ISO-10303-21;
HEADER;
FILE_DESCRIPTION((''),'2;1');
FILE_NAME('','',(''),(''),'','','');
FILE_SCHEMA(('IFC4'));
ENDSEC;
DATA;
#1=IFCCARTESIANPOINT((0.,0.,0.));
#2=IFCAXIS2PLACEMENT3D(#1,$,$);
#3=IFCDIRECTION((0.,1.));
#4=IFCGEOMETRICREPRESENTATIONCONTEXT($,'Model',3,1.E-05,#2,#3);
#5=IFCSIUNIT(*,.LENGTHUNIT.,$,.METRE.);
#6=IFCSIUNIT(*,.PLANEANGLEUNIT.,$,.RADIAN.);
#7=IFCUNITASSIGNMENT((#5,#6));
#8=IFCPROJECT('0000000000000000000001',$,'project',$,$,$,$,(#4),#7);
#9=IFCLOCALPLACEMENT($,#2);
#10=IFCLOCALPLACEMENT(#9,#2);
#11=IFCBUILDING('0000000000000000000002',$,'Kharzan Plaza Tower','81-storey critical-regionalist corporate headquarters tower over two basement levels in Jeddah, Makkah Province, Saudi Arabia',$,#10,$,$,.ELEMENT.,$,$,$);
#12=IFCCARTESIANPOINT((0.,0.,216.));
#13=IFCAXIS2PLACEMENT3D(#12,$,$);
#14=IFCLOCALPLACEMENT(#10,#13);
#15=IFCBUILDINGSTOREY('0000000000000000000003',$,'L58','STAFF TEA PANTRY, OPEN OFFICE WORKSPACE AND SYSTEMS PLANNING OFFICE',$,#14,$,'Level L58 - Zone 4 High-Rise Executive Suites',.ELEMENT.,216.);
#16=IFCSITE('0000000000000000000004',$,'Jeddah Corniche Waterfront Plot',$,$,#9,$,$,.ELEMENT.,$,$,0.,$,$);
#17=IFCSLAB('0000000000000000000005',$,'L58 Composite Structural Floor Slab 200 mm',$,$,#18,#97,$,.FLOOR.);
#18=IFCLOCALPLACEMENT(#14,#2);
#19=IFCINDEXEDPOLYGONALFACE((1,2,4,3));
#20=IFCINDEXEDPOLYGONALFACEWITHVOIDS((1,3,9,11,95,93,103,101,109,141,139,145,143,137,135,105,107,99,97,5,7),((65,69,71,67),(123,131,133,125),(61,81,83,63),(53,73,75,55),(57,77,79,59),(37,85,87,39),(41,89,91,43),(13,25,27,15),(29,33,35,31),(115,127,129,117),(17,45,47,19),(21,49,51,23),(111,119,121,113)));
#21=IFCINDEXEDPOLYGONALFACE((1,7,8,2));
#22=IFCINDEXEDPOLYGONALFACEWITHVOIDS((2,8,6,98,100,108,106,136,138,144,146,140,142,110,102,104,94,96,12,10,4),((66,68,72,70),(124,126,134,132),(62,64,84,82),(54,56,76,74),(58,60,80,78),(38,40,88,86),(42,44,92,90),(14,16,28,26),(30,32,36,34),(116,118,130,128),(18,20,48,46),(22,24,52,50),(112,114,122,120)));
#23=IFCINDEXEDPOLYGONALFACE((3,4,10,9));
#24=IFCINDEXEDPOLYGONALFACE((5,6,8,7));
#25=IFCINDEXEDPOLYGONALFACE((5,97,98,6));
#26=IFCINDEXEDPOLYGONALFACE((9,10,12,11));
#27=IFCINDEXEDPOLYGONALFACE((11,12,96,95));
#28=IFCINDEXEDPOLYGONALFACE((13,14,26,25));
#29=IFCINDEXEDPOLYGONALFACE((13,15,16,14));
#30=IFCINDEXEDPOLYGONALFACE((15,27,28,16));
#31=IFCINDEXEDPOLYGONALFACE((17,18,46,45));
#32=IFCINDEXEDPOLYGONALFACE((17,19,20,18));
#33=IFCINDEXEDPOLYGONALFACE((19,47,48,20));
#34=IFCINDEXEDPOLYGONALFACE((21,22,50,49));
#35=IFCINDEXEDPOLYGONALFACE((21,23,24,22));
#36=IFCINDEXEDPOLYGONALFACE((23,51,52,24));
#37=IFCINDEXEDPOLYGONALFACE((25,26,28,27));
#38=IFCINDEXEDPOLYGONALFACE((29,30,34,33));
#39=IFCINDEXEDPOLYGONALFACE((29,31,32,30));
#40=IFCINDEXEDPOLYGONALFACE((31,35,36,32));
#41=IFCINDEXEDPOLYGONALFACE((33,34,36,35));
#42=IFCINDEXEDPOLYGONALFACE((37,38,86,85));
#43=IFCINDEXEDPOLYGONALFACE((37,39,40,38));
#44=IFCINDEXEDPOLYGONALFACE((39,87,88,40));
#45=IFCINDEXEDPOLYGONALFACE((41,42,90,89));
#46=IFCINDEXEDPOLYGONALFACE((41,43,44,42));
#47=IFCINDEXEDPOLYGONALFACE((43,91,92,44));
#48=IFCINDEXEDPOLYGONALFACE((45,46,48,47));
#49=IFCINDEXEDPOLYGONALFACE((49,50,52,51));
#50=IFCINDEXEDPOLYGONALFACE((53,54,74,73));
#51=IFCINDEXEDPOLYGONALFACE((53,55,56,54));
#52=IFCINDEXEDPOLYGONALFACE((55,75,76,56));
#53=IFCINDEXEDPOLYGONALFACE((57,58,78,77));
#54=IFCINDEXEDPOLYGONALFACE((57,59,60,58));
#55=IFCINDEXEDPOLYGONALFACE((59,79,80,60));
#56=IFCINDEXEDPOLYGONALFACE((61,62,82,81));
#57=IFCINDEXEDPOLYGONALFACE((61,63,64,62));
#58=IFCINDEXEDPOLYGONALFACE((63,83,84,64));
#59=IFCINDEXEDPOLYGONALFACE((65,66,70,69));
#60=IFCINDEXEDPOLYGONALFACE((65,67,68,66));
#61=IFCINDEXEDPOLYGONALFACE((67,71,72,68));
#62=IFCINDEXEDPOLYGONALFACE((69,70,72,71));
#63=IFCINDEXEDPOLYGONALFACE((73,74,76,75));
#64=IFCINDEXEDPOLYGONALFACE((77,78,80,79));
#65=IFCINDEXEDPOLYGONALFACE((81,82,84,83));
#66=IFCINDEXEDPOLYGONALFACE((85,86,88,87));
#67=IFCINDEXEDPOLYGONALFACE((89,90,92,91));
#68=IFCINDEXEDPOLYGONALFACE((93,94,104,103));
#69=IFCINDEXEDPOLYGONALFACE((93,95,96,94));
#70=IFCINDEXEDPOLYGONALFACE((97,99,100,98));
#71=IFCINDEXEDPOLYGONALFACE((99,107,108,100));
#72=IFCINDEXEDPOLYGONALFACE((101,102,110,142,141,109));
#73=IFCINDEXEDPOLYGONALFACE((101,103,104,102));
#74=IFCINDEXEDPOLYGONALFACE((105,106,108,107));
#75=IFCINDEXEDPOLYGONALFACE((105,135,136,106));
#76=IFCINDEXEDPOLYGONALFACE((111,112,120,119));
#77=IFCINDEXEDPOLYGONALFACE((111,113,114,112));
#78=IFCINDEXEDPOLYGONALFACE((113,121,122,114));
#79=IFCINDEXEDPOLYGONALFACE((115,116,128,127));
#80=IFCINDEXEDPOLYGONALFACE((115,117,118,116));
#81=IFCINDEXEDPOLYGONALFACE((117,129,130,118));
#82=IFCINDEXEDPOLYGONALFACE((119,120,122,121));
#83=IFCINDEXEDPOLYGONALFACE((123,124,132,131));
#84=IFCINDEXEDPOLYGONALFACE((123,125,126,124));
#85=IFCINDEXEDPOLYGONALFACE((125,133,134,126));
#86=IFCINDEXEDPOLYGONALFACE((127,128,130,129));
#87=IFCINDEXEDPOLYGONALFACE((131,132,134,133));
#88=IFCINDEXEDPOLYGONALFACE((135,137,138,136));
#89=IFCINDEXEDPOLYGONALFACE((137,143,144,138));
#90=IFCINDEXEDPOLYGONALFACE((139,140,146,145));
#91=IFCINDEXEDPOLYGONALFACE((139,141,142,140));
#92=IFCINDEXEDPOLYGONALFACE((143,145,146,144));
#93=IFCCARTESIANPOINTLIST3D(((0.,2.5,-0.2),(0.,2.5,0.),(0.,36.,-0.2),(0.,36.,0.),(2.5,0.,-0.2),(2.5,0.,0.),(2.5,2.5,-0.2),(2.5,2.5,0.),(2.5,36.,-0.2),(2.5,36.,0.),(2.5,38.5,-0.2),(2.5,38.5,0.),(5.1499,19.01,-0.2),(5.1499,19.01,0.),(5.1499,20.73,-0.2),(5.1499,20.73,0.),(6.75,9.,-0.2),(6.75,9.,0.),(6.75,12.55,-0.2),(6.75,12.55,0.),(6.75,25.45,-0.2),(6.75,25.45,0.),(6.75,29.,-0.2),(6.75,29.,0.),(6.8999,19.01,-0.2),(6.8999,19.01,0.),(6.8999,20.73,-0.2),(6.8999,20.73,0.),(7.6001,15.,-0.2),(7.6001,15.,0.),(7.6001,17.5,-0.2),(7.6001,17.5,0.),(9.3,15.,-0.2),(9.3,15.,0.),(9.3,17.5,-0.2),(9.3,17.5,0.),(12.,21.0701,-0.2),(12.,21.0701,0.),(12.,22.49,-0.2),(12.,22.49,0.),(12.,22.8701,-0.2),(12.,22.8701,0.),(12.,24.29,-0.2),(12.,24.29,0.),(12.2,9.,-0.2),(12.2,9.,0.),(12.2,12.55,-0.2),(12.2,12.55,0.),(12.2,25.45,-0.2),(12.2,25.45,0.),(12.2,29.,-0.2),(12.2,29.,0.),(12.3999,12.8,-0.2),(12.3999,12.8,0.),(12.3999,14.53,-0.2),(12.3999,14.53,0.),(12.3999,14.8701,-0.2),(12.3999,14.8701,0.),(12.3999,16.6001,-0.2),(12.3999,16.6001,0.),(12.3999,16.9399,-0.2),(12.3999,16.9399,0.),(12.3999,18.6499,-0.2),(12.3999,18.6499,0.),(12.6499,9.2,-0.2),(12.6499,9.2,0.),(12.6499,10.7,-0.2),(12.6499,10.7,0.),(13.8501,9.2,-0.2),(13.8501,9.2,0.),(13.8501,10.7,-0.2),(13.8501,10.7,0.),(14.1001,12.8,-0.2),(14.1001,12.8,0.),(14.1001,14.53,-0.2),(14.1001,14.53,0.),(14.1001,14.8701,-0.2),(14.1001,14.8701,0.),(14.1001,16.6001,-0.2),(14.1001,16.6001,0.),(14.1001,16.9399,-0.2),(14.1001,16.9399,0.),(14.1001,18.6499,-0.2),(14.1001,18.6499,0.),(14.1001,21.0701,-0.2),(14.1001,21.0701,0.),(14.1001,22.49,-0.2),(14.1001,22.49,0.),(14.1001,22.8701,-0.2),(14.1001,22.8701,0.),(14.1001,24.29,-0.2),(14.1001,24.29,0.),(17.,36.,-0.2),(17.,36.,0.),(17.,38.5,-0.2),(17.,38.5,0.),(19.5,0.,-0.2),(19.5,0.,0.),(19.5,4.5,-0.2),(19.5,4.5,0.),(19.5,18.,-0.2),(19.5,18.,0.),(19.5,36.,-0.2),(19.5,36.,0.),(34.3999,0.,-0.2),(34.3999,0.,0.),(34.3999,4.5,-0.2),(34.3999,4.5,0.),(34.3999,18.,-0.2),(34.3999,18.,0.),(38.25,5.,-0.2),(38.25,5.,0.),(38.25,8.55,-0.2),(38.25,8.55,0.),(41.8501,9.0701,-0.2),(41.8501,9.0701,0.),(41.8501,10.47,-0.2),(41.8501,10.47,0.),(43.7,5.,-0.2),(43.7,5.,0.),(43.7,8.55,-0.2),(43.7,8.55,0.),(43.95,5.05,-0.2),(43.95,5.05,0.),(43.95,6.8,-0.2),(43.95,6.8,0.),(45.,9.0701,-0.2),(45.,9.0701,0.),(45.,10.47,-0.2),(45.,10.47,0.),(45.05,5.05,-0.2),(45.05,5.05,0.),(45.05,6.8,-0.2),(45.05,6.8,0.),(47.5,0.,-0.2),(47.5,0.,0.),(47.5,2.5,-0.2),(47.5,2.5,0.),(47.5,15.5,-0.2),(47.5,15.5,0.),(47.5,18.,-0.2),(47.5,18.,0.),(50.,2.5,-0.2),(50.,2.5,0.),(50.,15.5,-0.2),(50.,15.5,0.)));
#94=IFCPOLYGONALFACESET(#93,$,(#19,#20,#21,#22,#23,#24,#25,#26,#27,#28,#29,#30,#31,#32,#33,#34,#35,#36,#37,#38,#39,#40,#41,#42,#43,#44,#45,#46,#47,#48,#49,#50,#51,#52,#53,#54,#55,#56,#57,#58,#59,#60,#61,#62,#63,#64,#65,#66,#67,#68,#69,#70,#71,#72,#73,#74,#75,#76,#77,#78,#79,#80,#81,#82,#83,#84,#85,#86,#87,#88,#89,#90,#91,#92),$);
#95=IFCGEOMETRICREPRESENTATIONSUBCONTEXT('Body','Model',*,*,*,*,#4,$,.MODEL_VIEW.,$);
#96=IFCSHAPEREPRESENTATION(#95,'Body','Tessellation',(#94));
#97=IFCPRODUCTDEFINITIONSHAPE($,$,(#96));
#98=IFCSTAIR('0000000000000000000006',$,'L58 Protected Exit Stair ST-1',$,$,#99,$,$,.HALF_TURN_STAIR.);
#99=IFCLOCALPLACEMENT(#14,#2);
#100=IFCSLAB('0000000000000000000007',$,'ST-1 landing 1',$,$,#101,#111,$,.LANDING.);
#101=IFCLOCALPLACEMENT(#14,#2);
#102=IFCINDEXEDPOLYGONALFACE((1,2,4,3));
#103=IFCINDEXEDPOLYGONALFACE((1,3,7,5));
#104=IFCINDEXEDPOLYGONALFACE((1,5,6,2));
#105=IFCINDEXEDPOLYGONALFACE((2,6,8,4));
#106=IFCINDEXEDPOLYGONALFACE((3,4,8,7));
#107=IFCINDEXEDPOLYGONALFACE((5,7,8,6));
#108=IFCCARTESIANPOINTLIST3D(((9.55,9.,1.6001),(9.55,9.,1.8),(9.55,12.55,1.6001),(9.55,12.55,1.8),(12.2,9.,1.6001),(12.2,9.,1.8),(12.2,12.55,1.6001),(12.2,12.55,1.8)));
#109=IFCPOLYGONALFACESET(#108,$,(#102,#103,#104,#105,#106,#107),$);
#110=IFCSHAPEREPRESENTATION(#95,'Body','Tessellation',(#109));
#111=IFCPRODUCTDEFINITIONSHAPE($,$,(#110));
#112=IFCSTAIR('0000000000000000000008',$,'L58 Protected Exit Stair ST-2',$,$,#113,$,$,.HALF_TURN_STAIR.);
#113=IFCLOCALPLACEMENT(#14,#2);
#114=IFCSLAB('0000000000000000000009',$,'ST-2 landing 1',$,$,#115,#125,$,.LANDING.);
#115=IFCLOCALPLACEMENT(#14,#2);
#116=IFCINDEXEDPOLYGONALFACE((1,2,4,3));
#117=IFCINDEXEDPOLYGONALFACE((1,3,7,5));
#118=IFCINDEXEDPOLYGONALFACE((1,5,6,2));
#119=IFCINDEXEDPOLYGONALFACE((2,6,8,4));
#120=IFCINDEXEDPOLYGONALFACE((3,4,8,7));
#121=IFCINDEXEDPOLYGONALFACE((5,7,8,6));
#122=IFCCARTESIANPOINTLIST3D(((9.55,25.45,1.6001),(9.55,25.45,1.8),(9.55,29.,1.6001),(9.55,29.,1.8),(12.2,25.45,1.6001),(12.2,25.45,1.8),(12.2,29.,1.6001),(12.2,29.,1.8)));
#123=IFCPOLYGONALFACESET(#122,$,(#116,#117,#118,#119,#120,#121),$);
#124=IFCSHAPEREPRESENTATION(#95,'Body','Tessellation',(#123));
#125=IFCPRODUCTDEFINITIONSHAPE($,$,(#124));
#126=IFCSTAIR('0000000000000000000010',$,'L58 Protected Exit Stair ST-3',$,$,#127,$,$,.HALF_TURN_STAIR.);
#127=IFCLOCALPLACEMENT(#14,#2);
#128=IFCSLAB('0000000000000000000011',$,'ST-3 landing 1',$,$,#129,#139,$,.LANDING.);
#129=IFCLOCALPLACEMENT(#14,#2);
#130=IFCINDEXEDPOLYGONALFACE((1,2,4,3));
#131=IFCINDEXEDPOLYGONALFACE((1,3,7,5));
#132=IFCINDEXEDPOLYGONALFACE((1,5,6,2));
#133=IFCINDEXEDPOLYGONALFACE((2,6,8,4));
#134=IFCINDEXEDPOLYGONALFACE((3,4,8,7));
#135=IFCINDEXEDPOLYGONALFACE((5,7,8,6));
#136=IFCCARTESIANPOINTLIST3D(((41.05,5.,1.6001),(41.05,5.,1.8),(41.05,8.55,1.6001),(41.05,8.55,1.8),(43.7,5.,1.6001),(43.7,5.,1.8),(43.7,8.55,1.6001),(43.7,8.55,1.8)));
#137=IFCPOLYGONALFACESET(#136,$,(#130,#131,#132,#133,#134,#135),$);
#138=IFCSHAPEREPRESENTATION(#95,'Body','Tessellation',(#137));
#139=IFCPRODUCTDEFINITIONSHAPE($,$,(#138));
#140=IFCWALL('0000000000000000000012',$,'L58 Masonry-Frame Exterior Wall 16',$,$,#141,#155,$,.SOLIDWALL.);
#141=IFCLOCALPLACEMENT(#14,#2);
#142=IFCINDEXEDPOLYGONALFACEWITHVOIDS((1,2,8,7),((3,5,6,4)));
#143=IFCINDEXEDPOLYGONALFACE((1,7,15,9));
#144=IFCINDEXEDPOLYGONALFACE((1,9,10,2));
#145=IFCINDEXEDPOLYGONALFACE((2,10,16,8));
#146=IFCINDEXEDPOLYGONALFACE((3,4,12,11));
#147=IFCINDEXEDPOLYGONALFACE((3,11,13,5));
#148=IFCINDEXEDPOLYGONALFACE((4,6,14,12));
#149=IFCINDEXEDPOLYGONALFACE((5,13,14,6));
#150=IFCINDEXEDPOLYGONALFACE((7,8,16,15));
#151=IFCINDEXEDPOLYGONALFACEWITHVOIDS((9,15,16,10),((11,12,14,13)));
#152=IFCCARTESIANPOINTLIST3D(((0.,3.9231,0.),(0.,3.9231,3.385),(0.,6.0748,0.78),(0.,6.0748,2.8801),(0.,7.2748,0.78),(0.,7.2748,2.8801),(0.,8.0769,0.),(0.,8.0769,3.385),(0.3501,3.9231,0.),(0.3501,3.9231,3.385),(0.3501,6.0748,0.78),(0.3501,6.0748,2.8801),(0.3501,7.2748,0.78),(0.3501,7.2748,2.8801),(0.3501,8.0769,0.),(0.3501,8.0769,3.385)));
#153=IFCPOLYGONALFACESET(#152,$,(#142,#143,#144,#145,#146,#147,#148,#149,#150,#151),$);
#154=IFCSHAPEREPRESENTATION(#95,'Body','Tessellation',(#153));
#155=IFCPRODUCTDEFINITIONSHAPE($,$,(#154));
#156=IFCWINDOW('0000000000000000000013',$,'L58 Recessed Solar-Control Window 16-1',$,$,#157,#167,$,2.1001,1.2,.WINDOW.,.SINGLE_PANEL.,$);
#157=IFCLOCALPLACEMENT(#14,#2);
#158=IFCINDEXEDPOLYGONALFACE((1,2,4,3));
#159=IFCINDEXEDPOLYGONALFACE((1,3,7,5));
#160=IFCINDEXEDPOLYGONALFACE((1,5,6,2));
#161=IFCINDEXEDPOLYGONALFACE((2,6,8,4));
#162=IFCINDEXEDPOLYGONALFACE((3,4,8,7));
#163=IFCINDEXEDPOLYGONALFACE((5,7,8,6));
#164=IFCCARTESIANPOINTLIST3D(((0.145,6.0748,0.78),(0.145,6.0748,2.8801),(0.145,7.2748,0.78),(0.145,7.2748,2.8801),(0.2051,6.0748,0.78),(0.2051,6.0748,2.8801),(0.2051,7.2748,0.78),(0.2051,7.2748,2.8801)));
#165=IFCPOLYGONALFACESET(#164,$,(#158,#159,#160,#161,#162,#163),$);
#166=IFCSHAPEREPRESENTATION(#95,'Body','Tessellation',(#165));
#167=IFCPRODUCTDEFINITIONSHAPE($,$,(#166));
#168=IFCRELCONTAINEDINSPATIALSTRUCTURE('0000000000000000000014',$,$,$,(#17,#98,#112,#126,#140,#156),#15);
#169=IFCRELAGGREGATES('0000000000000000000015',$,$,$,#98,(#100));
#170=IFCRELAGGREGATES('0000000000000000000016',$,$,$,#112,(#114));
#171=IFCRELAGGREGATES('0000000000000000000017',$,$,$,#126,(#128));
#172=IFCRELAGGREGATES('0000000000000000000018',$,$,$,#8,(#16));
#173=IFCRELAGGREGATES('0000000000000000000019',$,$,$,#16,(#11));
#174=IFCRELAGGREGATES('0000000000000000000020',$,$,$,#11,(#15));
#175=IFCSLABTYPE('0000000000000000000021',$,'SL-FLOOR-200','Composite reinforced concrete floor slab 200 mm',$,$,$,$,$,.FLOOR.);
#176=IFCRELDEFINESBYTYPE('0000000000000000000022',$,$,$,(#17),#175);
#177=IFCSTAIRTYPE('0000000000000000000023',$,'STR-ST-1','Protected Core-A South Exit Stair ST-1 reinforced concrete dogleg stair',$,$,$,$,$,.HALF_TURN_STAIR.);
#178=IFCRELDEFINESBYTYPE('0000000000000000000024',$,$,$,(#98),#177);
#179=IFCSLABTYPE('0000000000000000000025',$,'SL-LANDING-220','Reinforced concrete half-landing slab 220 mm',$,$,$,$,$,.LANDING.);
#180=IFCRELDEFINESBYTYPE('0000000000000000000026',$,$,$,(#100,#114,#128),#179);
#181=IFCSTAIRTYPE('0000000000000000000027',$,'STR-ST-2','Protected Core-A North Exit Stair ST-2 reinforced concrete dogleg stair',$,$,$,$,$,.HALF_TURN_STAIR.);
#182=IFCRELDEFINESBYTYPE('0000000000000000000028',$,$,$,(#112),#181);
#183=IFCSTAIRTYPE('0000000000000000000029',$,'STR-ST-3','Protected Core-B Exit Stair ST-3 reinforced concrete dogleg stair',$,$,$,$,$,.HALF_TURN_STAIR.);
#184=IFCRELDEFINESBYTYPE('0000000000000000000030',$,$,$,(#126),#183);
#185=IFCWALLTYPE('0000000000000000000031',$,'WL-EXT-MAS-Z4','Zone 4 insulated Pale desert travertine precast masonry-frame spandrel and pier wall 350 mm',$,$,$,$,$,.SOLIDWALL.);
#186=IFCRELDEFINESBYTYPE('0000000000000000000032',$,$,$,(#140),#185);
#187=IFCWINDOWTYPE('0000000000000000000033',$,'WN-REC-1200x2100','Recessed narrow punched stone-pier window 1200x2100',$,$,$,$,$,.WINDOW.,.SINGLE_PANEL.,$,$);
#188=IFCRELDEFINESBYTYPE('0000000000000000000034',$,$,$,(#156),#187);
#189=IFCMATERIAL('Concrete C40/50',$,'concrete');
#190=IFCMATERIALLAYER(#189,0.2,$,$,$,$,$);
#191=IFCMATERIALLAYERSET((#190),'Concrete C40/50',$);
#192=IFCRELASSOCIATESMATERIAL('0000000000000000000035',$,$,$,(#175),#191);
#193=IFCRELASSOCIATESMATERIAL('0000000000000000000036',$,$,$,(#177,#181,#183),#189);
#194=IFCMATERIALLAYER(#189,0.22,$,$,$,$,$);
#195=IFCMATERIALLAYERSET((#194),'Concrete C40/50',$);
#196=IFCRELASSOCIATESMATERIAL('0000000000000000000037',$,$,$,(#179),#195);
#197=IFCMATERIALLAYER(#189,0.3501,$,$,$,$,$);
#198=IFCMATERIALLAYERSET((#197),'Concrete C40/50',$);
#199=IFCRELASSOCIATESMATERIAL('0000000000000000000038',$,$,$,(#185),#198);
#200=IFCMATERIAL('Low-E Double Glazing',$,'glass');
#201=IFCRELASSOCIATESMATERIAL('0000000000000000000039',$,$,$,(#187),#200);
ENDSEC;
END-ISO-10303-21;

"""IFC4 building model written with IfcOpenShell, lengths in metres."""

from ifc_helpers import new_model, si_unit, direction, frame, frame_2d, origin, place, context, subcontext, project, spatial, polyline, rectangle, outline, extrude, source, transform, mapped, material, layer, layer_set, type_object, element, fill, aggregate, save


model = new_model("IFC4")

# Units and contexts
model_context = context("Model", 3, precision=1e-05, world=origin(), true_north=direction((0.0, 1.0)))
body_context = subcontext(model_context, "Body", "Model", "MODEL_VIEW")
ifc_project = project(units=[si_unit("LENGTHUNIT", "METRE"), si_unit("PLANEANGLEUNIT", "RADIAN")], contexts=[model_context])

# Site, building, storey
site_placement = place(None, origin())
site = spatial("IfcSite", under=ifc_project, at=site_placement, Name="Jeddah Corniche Waterfront Plot", CompositionType="ELEMENT", RefElevation=0.0)
building_placement = place(site_placement, origin())
building = spatial("IfcBuilding", under=site, at=building_placement, Name="Kharzan Plaza Tower", Description="81-storey critical-regionalist corporate headquarters tower over two basement levels in Jeddah, Makkah Province, Saudi Arabia", CompositionType="ELEMENT")
storey_placement = place(building_placement, frame((0.0, 0.0, 216.0)))
storey = spatial("IfcBuildingStorey", under=building, at=storey_placement, Name="L58", Description="STAFF TEA PANTRY, OPEN OFFICE WORKSPACE AND SYSTEMS PLANNING OFFICE", LongName="Level L58 - Zone 4 High-Rise Executive Suites", CompositionType="ELEMENT", Elevation=216.0)

# Slab
ifc_material_1 = material(Name="Concrete C40/50", Category="concrete")
ifc_layer_1 = layer(ifc_material_1, 0.2)
ifc_layer_set_1 = layer_set([ifc_layer_1], Name="Concrete C40/50")
slab_type_1 = type_object("IfcSlabType", Name="SL-FLOOR-200", Description="Composite reinforced concrete floor slab 200 mm", PredefinedType="FLOOR", material=ifc_layer_set_1)
slab_1_placement = place(storey_placement, frame((0.0, 0.0, -0.2)))
element("IfcSlab", 1, at=slab_1_placement, inside=storey, type_object=slab_type_1, Name="L58 Composite Structural Floor Slab 200 mm", PredefinedType="FLOOR", context=body_context, shape_type="SweptSolid", body=[
    extrude(outline(polyline([(34.3999, 18.0), (19.5, 18.0), (19.5, 36.0), (17.0, 36.0), (17.0, 38.5), (2.5, 38.5), (2.5, 36.0), (0.0, 36.0), (0.0, 2.5), (2.5, 2.5), (2.5, 0.0), (19.5, 0.0), (19.5, 4.5), (34.3999, 4.5), (34.3999, 0.0), (47.5, 0.0), (47.5, 2.5), (50.0, 2.5), (50.0, 15.5), (47.5, 15.5), (47.5, 18.0), (34.3999, 18.0)]), holes=[polyline([(12.2, 12.55), (6.75, 12.55), (6.75, 9.0), (12.2, 9.0), (12.2, 12.55)]), polyline([(14.1001, 12.8), (14.1001, 14.53), (12.3999, 14.53), (12.3999, 12.8), (14.1001, 12.8)]), polyline([(9.3, 15.0), (9.3, 17.5), (7.6001, 17.5), (7.6001, 15.0), (9.3, 15.0)]), polyline([(6.8999, 20.73), (5.1499, 20.73), (5.1499, 19.01), (6.8999, 19.01), (6.8999, 20.73)]), polyline([(14.1001, 21.0701), (14.1001, 22.49), (12.0, 22.49), (12.0, 21.0701), (14.1001, 21.0701)]), polyline([(14.1001, 22.8701), (14.1001, 24.29), (12.0, 24.29), (12.0, 22.8701), (14.1001, 22.8701)]), polyline([(12.2, 29.0), (6.75, 29.0), (6.75, 25.45), (12.2, 25.45), (12.2, 29.0)]), polyline([(45.05, 5.05), (45.05, 6.8), (43.95, 6.8), (43.95, 5.05), (45.05, 5.05)]), polyline([(43.7, 5.0), (43.7, 8.55), (38.25, 8.55), (38.25, 5.0), (43.7, 5.0)]), polyline([(45.0, 9.0701), (45.0, 10.47), (41.8501, 10.47), (41.8501, 9.0701), (45.0, 9.0701)]), polyline([(13.8501, 9.2), (13.8501, 10.7), (12.6499, 10.7), (12.6499, 9.2), (13.8501, 9.2)]), polyline([(14.1001, 14.8701), (14.1001, 16.6001), (12.3999, 16.6001), (12.3999, 14.8701), (14.1001, 14.8701)]), polyline([(14.1001, 16.9399), (14.1001, 18.6499), (12.3999, 18.6499), (12.3999, 16.9399), (14.1001, 16.9399)])]), origin(), (0.0, 0.0, 1.0), 0.2),
])

# Stairs, slabs
stair_type_1 = type_object("IfcStairType", Name="STR-ST-1", Description="Protected Core-A South Exit Stair ST-1 reinforced concrete dogleg stair", PredefinedType="HALF_TURN_STAIR", material=ifc_material_1)
stair_1_placement = place(storey_placement, origin())
stair_1 = element("IfcStair", 2, at=stair_1_placement, inside=storey, type_object=stair_type_1, Name="L58 Protected Exit Stair ST-1", PredefinedType="HALF_TURN_STAIR")
ifc_layer_2 = layer(ifc_material_1, 0.22)
ifc_layer_set_2 = layer_set([ifc_layer_2], Name="Concrete C40/50")
slab_type_2 = type_object("IfcSlabType", Name="SL-LANDING-220", Description="Reinforced concrete half-landing slab 220 mm", PredefinedType="LANDING", material=ifc_layer_set_2)
slab_2_placement = place(storey_placement, frame((0.0, 0.0, 1.6001)))
slab_2 = element("IfcSlab", 3, at=slab_2_placement, type_object=slab_type_2, Name="ST-1 landing 1", PredefinedType="LANDING", context=body_context, shape_type="SweptSolid", body=[
    extrude(outline(polyline([(9.55, 9.0), (12.2, 9.0), (12.2, 12.55), (9.55, 12.55), (9.55, 9.0)])), origin(), (0.0, 0.0, 1.0), 0.2),
])
aggregate(stair_1, [slab_2])
stair_type_2 = type_object("IfcStairType", Name="STR-ST-2", Description="Protected Core-A North Exit Stair ST-2 reinforced concrete dogleg stair", PredefinedType="HALF_TURN_STAIR", material=ifc_material_1)
stair_2_placement = place(storey_placement, origin())
stair_2 = element("IfcStair", 4, at=stair_2_placement, inside=storey, type_object=stair_type_2, Name="L58 Protected Exit Stair ST-2", PredefinedType="HALF_TURN_STAIR")
slab_3_placement = place(storey_placement, frame((0.0, 0.0, 1.6001)))
slab_3 = element("IfcSlab", 5, at=slab_3_placement, type_object=slab_type_2, Name="ST-2 landing 1", PredefinedType="LANDING", context=body_context, shape_type="SweptSolid", body=[
    extrude(outline(polyline([(9.55, 25.45), (12.2, 25.45), (12.2, 29.0), (9.55, 29.0), (9.55, 25.45)])), origin(), (0.0, 0.0, 1.0), 0.2),
])
aggregate(stair_2, [slab_3])
stair_type_3 = type_object("IfcStairType", Name="STR-ST-3", Description="Protected Core-B Exit Stair ST-3 reinforced concrete dogleg stair", PredefinedType="HALF_TURN_STAIR", material=ifc_material_1)
stair_3_placement = place(storey_placement, origin())
stair_3 = element("IfcStair", 6, at=stair_3_placement, inside=storey, type_object=stair_type_3, Name="L58 Protected Exit Stair ST-3", PredefinedType="HALF_TURN_STAIR")
slab_4_placement = place(storey_placement, frame((0.0, 0.0, 1.6001)))
slab_4 = element("IfcSlab", 7, at=slab_4_placement, type_object=slab_type_2, Name="ST-3 landing 1", PredefinedType="LANDING", context=body_context, shape_type="SweptSolid", body=[
    extrude(outline(polyline([(41.05, 5.0), (43.7, 5.0), (43.7, 8.55), (41.05, 8.55), (41.05, 5.0)])), origin(), (0.0, 0.0, 1.0), 0.2),
])
aggregate(stair_3, [slab_4])

# Wall, opening, window
ifc_layer_3 = layer(ifc_material_1, 0.3501)
ifc_layer_set_3 = layer_set([ifc_layer_3], Name="Concrete C40/50")
wall_type_1 = type_object("IfcWallType", Name="WL-EXT-MAS-Z4", Description="Zone 4 insulated Pale desert travertine precast masonry-frame spandrel and pier wall 350 mm", PredefinedType="SOLIDWALL", material=ifc_layer_set_3)
wall_1_placement = place(storey_placement, frame((0.175, 8.0769, 0.0), z_axis=(0.0, 0.0, 1.0), x_axis=(0.0, -1.0, 0.0)))
wall_1 = element("IfcWall", 8, at=wall_1_placement, inside=storey, type_object=wall_type_1, Name="L58 Masonry-Frame Exterior Wall 16", PredefinedType="SOLIDWALL", context=body_context, shape_type="SweptSolid", body=[
    extrude(rectangle(XDim=4.1538, YDim=0.3501, at=frame_2d((2.0769, 0.0))), origin(), (0.0, 0.0, 1.0), 3.385),
])
opening_1_placement = place(wall_1_placement, frame((0.802, 0.0, 0.78)))
opening_1 = element("IfcOpeningElement", 9, at=opening_1_placement, cuts=wall_1, PredefinedType="OPENING", context=body_context, shape_type="SweptSolid", body=[
    extrude(rectangle(XDim=1.2, YDim=2.1001, at=frame_2d((0.6001, 1.05))), frame((0.0, 0.1851, 0.0), z_axis=(0.0, -1.0, 0.0), x_axis=(1.0, 0.0, 0.0)), (0.0, 0.0, 1.0), 0.3701),
])
ifc_material_2 = material(Name="Low-E Double Glazing", Category="glass")
window_type_1 = type_object("IfcWindowType", Name="WN-REC-1200x2100", Description="Recessed narrow punched stone-pier window 1200x2100", PartitioningType="SINGLE_PANEL", PredefinedType="WINDOW", material=ifc_material_2)
shared_shape_1 = source(origin(), body_context, "Body", "SweptSolid", [
    extrude(rectangle(XDim=1.2, YDim=2.1001, at=frame_2d((0.6001, 1.05))), frame((0.0, 0.03, 0.0), z_axis=(0.0, -1.0, 0.0), x_axis=(1.0, 0.0, 0.0)), (0.0, 0.0, 1.0), 0.0601),
])
window_1_placement = place(opening_1_placement, origin())
window_1 = element("IfcWindow", 10, at=window_1_placement, inside=storey, type_object=window_type_1, Name="L58 Recessed Solar-Control Window 16-1", OverallHeight=2.1001, OverallWidth=1.2, PartitioningType="SINGLE_PANEL", PredefinedType="WINDOW", context=body_context, shape_type="MappedRepresentation", body=[
    mapped(shared_shape_1, transform((0.0, 0.0, 0.0), x_axis=(1.0, 0.0, 0.0), y_axis=(0.0, 1.0, 0.0), z_axis=(0.0, 0.0, 1.0))),
])
fill(opening_1, window_1)

save(model, "model.ifc")
